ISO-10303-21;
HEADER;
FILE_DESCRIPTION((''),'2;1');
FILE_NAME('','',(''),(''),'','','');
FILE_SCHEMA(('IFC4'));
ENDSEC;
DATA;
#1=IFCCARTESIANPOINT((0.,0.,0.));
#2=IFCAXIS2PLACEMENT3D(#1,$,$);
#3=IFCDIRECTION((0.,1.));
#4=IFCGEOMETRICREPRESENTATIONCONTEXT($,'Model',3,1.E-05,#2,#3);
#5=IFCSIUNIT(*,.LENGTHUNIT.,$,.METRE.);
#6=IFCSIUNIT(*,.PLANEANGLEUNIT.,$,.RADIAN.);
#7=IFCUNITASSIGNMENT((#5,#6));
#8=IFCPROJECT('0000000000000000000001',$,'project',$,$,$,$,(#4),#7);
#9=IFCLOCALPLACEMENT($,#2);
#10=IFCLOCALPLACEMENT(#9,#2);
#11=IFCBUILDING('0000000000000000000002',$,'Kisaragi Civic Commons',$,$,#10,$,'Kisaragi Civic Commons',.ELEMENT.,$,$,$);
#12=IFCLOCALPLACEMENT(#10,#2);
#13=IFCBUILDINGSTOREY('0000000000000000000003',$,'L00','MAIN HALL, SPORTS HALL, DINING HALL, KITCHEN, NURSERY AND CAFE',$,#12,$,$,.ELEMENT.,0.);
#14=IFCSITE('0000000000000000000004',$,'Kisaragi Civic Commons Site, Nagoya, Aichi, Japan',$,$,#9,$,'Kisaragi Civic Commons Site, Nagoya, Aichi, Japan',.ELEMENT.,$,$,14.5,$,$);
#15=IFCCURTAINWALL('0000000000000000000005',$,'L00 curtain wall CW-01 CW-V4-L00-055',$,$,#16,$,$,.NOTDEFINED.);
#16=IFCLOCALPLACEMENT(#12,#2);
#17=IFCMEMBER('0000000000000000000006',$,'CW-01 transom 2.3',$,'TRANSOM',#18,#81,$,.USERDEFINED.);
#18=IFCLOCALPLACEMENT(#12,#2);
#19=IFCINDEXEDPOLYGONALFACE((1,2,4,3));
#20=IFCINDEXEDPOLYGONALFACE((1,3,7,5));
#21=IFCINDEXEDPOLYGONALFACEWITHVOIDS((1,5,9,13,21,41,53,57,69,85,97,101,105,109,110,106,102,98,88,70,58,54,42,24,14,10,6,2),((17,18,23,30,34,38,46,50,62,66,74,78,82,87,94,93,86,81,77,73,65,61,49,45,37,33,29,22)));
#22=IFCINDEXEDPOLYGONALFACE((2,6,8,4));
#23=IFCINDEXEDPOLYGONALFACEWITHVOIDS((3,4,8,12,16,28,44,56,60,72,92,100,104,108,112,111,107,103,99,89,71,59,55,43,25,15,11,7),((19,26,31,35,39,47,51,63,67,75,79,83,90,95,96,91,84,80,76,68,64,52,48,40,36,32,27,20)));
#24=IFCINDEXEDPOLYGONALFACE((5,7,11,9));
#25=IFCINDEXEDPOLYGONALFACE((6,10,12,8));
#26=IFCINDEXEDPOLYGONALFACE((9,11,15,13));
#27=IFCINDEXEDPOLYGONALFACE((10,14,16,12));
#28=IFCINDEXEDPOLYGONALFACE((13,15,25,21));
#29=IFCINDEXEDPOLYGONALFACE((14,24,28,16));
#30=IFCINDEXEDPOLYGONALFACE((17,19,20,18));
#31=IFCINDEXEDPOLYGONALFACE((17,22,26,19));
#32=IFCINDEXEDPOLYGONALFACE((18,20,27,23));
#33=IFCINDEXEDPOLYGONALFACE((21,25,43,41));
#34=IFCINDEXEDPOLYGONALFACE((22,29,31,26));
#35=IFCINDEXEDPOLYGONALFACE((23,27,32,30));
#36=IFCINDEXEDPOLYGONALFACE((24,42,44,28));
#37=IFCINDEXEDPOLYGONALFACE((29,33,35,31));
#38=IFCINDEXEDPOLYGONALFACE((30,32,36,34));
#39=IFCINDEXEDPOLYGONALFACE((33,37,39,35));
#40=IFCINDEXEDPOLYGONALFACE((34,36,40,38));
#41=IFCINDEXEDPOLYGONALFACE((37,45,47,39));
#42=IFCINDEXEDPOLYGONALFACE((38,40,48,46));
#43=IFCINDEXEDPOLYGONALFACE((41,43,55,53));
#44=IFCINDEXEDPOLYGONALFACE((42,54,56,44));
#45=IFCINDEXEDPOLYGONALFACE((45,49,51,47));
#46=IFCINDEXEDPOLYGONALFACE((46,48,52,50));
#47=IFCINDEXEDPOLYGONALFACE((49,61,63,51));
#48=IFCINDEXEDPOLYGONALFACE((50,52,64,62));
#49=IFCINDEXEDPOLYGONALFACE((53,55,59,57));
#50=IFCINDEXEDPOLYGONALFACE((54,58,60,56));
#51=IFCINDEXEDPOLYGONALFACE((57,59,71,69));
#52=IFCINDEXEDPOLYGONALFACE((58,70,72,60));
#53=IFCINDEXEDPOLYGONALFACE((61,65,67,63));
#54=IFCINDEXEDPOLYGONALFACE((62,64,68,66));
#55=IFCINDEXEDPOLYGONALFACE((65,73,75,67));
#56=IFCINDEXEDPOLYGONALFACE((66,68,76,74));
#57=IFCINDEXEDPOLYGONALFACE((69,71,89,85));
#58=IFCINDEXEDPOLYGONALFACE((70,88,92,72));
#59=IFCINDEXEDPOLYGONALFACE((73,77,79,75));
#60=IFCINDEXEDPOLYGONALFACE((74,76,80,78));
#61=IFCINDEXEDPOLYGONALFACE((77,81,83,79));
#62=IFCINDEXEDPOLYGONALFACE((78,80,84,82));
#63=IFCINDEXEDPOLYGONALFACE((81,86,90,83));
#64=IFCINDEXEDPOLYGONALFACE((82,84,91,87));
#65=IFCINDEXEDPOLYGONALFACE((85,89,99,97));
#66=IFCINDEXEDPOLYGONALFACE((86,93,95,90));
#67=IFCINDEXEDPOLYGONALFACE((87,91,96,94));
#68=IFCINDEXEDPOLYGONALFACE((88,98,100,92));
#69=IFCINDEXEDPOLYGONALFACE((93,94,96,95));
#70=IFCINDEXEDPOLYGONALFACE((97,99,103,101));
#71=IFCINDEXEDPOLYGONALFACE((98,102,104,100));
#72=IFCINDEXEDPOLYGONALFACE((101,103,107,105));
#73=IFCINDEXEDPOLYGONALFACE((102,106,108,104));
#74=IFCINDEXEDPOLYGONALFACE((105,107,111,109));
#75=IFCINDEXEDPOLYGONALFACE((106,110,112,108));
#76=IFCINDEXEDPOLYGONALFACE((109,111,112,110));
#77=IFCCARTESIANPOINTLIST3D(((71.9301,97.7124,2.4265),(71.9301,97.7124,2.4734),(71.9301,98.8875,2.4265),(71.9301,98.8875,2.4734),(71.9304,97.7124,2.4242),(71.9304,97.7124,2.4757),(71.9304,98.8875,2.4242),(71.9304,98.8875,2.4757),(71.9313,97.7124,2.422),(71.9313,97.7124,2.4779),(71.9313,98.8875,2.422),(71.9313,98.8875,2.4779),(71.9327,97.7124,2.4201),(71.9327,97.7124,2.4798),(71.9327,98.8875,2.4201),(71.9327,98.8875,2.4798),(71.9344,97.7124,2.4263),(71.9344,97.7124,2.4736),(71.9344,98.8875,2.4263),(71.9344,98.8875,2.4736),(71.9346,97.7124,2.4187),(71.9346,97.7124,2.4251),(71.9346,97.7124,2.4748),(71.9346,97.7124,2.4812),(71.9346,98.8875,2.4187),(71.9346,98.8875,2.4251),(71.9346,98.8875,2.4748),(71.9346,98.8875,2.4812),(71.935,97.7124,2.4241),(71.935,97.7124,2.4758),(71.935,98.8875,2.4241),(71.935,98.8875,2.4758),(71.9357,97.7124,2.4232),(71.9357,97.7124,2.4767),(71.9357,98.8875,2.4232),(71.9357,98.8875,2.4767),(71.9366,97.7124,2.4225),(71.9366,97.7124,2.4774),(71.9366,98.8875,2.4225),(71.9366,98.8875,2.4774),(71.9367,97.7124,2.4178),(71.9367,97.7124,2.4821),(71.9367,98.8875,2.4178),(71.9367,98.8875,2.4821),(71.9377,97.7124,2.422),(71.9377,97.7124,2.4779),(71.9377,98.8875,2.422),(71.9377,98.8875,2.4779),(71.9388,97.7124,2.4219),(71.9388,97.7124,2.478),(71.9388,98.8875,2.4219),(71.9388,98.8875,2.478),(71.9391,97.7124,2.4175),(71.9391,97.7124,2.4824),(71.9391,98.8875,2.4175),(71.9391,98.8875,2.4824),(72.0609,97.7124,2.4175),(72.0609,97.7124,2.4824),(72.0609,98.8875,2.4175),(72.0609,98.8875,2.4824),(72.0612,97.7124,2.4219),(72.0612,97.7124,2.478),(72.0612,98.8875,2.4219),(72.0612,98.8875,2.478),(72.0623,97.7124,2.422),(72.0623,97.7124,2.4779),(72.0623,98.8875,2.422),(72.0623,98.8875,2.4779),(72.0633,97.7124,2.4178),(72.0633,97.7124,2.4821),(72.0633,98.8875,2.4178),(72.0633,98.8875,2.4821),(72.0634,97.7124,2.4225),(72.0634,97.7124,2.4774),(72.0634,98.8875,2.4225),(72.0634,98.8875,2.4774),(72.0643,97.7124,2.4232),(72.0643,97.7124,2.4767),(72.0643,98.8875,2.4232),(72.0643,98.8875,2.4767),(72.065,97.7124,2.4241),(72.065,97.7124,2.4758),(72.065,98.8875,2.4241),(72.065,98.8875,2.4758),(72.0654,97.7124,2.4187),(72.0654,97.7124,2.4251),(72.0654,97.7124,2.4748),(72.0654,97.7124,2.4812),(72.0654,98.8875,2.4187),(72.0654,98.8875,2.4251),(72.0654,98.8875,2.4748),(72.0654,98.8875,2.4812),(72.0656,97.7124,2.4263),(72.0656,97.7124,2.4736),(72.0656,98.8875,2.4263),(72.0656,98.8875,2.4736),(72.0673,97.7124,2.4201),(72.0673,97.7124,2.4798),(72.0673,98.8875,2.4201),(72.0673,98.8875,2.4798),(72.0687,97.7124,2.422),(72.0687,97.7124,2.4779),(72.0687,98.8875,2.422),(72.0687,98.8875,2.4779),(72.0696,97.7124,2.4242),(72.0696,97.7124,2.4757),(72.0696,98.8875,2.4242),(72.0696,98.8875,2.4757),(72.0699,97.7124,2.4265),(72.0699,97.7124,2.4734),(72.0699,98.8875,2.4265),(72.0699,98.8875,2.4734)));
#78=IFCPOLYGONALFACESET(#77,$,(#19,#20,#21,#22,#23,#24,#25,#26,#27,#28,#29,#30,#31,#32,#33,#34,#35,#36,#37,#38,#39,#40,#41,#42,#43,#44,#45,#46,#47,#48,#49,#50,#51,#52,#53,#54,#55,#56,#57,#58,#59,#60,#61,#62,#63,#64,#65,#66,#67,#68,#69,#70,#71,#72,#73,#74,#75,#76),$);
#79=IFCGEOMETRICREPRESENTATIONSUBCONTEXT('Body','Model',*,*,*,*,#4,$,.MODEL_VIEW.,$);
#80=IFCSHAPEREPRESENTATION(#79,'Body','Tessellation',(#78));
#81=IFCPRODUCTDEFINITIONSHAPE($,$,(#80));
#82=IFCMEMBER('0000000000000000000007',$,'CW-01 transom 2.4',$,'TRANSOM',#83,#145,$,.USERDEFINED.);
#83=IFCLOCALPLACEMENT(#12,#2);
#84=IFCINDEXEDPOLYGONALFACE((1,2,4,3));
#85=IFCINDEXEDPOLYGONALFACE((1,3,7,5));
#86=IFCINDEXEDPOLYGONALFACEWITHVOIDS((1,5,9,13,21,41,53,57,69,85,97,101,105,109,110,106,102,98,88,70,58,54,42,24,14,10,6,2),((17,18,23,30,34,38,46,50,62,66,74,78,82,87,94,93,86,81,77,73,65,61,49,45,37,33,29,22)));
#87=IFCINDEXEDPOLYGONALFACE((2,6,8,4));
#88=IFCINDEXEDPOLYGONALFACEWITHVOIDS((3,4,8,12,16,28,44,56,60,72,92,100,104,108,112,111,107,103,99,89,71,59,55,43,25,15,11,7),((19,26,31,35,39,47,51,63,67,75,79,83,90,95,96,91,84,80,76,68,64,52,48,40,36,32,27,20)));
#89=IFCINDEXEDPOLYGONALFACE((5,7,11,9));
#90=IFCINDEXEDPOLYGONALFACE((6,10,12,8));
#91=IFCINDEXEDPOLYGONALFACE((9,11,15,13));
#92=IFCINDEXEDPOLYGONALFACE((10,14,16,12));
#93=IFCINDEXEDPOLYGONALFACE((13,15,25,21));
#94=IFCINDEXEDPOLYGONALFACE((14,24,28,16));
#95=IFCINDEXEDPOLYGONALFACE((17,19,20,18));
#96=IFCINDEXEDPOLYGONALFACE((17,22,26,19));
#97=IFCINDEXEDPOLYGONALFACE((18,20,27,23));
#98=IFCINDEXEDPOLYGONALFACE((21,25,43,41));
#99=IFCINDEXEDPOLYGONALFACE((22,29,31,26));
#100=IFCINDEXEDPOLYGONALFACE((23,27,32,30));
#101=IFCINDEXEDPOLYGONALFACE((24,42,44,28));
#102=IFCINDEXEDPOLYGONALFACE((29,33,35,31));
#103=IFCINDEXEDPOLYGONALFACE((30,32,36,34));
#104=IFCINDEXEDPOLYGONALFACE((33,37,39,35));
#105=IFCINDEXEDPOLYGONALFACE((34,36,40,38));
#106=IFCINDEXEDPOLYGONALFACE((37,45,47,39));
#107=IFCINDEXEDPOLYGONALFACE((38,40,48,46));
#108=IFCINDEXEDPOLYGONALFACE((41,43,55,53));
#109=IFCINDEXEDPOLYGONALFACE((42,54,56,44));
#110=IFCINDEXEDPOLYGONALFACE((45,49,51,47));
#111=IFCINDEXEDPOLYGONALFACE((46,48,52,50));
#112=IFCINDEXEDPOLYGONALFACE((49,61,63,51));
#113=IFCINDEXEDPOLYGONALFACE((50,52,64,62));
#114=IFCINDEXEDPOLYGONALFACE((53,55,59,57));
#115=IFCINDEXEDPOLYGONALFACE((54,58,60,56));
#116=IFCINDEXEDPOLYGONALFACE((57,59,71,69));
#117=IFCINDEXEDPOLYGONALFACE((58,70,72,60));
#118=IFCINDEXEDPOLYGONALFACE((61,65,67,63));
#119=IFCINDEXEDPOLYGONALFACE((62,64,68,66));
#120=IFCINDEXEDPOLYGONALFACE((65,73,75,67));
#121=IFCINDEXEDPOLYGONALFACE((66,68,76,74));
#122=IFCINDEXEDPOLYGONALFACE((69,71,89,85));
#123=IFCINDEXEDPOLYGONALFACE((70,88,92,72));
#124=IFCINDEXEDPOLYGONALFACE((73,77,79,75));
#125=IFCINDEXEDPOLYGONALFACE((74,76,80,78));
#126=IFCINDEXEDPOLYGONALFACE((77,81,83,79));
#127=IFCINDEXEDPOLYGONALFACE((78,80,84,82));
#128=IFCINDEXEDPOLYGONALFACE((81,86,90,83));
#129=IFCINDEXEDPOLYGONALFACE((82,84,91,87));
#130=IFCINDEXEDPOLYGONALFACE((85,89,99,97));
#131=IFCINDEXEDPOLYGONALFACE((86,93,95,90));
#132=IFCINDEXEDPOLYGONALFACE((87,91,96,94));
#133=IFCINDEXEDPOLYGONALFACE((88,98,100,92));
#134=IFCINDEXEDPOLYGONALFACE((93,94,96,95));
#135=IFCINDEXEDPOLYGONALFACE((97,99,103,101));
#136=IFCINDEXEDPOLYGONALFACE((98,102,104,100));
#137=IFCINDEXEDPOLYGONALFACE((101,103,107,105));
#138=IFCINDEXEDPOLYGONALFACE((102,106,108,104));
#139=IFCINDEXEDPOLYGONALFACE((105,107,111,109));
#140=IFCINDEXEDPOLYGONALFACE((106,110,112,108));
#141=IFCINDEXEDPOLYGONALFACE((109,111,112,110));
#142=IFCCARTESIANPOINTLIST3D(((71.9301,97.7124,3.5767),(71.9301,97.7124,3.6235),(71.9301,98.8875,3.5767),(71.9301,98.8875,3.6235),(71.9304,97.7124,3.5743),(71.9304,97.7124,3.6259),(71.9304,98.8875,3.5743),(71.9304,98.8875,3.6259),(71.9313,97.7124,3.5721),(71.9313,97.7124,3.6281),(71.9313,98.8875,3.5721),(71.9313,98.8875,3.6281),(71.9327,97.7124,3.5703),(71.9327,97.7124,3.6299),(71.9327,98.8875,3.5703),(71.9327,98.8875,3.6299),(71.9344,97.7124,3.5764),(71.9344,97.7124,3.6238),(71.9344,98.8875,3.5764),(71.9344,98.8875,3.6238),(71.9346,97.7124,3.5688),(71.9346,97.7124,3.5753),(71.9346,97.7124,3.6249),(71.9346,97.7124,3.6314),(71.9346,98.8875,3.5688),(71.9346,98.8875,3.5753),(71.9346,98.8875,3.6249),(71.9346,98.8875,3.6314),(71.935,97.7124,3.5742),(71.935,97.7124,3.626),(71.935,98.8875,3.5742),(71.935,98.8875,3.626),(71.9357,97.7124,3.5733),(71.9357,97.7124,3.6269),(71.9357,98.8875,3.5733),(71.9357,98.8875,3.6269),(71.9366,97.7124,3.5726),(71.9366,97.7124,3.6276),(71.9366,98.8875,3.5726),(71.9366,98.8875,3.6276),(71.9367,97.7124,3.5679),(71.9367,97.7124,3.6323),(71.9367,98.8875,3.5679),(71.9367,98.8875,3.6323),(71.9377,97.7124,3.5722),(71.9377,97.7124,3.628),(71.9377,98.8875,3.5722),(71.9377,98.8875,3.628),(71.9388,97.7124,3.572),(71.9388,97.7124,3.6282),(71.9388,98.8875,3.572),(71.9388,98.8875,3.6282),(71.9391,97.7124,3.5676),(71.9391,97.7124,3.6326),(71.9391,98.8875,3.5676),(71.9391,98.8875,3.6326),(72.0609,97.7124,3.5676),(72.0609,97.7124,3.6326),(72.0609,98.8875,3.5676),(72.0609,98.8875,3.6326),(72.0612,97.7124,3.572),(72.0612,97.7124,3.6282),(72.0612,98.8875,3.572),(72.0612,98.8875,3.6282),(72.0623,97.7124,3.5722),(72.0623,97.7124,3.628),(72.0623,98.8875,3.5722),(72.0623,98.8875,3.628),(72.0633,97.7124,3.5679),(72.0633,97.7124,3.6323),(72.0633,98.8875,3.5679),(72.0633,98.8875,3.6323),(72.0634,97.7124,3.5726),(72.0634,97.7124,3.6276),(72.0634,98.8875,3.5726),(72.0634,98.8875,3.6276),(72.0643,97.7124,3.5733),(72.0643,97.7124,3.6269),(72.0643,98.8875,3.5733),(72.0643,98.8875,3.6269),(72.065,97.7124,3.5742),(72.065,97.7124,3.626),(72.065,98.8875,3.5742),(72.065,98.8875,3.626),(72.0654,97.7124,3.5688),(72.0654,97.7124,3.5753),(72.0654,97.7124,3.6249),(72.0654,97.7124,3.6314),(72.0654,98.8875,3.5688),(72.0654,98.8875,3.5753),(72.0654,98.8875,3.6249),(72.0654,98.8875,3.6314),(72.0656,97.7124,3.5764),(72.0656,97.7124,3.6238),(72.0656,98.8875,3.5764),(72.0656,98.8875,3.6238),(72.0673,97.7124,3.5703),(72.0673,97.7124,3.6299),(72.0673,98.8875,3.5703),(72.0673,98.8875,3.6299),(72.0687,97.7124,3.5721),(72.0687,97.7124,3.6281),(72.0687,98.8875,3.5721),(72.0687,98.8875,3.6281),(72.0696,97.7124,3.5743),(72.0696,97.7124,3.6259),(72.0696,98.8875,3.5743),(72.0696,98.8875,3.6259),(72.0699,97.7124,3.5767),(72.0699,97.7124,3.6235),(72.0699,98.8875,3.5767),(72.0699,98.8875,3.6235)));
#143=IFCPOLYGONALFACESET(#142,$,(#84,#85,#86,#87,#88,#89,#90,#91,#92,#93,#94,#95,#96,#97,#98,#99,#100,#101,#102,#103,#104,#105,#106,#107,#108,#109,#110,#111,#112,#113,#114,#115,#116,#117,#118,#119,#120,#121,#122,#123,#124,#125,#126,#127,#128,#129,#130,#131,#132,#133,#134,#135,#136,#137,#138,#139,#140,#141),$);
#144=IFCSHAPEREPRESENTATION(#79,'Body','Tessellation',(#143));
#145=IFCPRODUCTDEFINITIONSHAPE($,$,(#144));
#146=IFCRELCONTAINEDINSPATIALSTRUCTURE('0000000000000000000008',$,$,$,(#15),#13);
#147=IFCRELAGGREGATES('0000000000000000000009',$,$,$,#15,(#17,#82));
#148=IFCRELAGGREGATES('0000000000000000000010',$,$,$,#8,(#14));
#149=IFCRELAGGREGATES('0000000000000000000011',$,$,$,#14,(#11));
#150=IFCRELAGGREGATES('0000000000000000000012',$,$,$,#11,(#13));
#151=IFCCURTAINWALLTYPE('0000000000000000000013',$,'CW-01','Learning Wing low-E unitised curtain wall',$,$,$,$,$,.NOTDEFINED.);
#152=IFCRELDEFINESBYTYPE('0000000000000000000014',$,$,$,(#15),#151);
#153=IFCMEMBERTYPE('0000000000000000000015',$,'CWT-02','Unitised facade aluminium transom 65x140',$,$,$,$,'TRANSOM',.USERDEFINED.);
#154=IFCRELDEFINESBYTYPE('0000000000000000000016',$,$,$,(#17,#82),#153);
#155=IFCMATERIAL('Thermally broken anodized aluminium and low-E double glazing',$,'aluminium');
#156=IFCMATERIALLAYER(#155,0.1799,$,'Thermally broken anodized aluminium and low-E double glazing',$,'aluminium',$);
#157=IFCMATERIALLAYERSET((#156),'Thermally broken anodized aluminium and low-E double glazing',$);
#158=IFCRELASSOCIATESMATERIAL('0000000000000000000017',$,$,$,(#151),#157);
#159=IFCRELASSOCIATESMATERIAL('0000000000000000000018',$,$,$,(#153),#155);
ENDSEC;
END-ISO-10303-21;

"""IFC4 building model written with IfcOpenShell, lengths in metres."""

from ifc_helpers import new_model, si_unit, direction, frame, origin, origin_2d, place, context, subcontext, project, spatial, hollow_rectangle, extrude, material, layer, layer_set, material_profile, profile_set, type_object, element, aggregate, save


model = new_model("IFC4")

# Units and contexts
model_context = context("Model", 3, precision=1e-05, world=origin(), true_north=direction((0.0, 1.0)))
body_context = subcontext(model_context, "Body", "Model", "MODEL_VIEW")
ifc_project = project(units=[si_unit("LENGTHUNIT", "METRE"), si_unit("PLANEANGLEUNIT", "RADIAN")], contexts=[model_context])

# Site, building, storey
site_placement = place(None, origin())
site = spatial("IfcSite", under=ifc_project, at=site_placement, Name="Kisaragi Civic Commons Site, Nagoya, Aichi, Japan", LongName="Kisaragi Civic Commons Site, Nagoya, Aichi, Japan", CompositionType="ELEMENT", RefElevation=14.5)
building_placement = place(site_placement, origin())
building = spatial("IfcBuilding", under=site, at=building_placement, Name="Kisaragi Civic Commons", LongName="Kisaragi Civic Commons", CompositionType="ELEMENT")
storey_placement = place(building_placement, origin())
storey = spatial("IfcBuildingStorey", under=building, at=storey_placement, Name="L00", Description="MAIN HALL, SPORTS HALL, DINING HALL, KITCHEN, NURSERY AND CAFE", CompositionType="ELEMENT", Elevation=0.0)

# Curtain wall, members
ifc_material_1 = material(Name="Thermally broken anodized aluminium and low-E double glazing", Category="aluminium")
ifc_layer_1 = layer(ifc_material_1, 0.1799, Name="Thermally broken anodized aluminium and low-E double glazing", Category="aluminium")
ifc_layer_set_1 = layer_set([ifc_layer_1], Name="Thermally broken anodized aluminium and low-E double glazing")
curtain_wall_type = type_object("IfcCurtainWallType", Name="CW-01", Description="Learning Wing low-E unitised curtain wall", PredefinedType="NOTDEFINED", material=ifc_layer_set_1)
curtain_wall_placement = place(storey_placement, origin())
curtain_wall = element("IfcCurtainWall", 1, at=curtain_wall_placement, inside=storey, type_object=curtain_wall_type, Name="L00 curtain wall CW-01 CW-V4-L00-055", PredefinedType="NOTDEFINED")
ifc_material_profile_1 = material_profile(ifc_material_1, hollow_rectangle(XDim=0.1399, YDim=0.0649, WallThickness=0.0044, InnerFilletRadius=0.0044, OuterFilletRadius=0.009, at=origin_2d()), Name="CWT-65x140x4.5", Category="aluminium")
ifc_profile_set_1 = profile_set([ifc_material_profile_1], Name="Thermally broken anodized aluminium and low-E double glazing")
member_type_1 = type_object("IfcMemberType", Name="CWT-02", Description="Unitised facade aluminium transom 65x140", ElementType="TRANSOM", PredefinedType="USERDEFINED", material=ifc_profile_set_1)
member_1_placement = place(storey_placement, frame((72.0, 97.7124, 2.45), z_axis=(0.0, 1.0, 0.0), x_axis=(-1.0, 0.0, 0.0)))
member_1 = element("IfcMember", 2, at=member_1_placement, type_object=member_type_1, Name="CW-01 transom 2.3", ObjectType="TRANSOM", PredefinedType="USERDEFINED", context=body_context, shape_type="SweptSolid", body=[
    extrude(hollow_rectangle(XDim=0.1399, YDim=0.0649, WallThickness=0.0044, InnerFilletRadius=0.0044, OuterFilletRadius=0.009, at=origin_2d()), origin(), (0.0, 0.0, 1.0), 1.175),
])
member_2_placement = place(storey_placement, frame((72.0, 97.7124, 3.6001), z_axis=(0.0, 1.0, 0.0), x_axis=(-1.0, 0.0, 0.0)))
member_2 = element("IfcMember", 3, at=member_2_placement, type_object=member_type_1, Name="CW-01 transom 2.4", ObjectType="TRANSOM", PredefinedType="USERDEFINED", context=body_context, shape_type="SweptSolid", body=[
    extrude(hollow_rectangle(XDim=0.1399, YDim=0.0649, WallThickness=0.0044, InnerFilletRadius=0.0044, OuterFilletRadius=0.009, at=origin_2d()), origin(), (0.0, 0.0, 1.0), 1.175),
])

aggregate(curtain_wall, [member_1, member_2])

save(model, "model.ifc")
